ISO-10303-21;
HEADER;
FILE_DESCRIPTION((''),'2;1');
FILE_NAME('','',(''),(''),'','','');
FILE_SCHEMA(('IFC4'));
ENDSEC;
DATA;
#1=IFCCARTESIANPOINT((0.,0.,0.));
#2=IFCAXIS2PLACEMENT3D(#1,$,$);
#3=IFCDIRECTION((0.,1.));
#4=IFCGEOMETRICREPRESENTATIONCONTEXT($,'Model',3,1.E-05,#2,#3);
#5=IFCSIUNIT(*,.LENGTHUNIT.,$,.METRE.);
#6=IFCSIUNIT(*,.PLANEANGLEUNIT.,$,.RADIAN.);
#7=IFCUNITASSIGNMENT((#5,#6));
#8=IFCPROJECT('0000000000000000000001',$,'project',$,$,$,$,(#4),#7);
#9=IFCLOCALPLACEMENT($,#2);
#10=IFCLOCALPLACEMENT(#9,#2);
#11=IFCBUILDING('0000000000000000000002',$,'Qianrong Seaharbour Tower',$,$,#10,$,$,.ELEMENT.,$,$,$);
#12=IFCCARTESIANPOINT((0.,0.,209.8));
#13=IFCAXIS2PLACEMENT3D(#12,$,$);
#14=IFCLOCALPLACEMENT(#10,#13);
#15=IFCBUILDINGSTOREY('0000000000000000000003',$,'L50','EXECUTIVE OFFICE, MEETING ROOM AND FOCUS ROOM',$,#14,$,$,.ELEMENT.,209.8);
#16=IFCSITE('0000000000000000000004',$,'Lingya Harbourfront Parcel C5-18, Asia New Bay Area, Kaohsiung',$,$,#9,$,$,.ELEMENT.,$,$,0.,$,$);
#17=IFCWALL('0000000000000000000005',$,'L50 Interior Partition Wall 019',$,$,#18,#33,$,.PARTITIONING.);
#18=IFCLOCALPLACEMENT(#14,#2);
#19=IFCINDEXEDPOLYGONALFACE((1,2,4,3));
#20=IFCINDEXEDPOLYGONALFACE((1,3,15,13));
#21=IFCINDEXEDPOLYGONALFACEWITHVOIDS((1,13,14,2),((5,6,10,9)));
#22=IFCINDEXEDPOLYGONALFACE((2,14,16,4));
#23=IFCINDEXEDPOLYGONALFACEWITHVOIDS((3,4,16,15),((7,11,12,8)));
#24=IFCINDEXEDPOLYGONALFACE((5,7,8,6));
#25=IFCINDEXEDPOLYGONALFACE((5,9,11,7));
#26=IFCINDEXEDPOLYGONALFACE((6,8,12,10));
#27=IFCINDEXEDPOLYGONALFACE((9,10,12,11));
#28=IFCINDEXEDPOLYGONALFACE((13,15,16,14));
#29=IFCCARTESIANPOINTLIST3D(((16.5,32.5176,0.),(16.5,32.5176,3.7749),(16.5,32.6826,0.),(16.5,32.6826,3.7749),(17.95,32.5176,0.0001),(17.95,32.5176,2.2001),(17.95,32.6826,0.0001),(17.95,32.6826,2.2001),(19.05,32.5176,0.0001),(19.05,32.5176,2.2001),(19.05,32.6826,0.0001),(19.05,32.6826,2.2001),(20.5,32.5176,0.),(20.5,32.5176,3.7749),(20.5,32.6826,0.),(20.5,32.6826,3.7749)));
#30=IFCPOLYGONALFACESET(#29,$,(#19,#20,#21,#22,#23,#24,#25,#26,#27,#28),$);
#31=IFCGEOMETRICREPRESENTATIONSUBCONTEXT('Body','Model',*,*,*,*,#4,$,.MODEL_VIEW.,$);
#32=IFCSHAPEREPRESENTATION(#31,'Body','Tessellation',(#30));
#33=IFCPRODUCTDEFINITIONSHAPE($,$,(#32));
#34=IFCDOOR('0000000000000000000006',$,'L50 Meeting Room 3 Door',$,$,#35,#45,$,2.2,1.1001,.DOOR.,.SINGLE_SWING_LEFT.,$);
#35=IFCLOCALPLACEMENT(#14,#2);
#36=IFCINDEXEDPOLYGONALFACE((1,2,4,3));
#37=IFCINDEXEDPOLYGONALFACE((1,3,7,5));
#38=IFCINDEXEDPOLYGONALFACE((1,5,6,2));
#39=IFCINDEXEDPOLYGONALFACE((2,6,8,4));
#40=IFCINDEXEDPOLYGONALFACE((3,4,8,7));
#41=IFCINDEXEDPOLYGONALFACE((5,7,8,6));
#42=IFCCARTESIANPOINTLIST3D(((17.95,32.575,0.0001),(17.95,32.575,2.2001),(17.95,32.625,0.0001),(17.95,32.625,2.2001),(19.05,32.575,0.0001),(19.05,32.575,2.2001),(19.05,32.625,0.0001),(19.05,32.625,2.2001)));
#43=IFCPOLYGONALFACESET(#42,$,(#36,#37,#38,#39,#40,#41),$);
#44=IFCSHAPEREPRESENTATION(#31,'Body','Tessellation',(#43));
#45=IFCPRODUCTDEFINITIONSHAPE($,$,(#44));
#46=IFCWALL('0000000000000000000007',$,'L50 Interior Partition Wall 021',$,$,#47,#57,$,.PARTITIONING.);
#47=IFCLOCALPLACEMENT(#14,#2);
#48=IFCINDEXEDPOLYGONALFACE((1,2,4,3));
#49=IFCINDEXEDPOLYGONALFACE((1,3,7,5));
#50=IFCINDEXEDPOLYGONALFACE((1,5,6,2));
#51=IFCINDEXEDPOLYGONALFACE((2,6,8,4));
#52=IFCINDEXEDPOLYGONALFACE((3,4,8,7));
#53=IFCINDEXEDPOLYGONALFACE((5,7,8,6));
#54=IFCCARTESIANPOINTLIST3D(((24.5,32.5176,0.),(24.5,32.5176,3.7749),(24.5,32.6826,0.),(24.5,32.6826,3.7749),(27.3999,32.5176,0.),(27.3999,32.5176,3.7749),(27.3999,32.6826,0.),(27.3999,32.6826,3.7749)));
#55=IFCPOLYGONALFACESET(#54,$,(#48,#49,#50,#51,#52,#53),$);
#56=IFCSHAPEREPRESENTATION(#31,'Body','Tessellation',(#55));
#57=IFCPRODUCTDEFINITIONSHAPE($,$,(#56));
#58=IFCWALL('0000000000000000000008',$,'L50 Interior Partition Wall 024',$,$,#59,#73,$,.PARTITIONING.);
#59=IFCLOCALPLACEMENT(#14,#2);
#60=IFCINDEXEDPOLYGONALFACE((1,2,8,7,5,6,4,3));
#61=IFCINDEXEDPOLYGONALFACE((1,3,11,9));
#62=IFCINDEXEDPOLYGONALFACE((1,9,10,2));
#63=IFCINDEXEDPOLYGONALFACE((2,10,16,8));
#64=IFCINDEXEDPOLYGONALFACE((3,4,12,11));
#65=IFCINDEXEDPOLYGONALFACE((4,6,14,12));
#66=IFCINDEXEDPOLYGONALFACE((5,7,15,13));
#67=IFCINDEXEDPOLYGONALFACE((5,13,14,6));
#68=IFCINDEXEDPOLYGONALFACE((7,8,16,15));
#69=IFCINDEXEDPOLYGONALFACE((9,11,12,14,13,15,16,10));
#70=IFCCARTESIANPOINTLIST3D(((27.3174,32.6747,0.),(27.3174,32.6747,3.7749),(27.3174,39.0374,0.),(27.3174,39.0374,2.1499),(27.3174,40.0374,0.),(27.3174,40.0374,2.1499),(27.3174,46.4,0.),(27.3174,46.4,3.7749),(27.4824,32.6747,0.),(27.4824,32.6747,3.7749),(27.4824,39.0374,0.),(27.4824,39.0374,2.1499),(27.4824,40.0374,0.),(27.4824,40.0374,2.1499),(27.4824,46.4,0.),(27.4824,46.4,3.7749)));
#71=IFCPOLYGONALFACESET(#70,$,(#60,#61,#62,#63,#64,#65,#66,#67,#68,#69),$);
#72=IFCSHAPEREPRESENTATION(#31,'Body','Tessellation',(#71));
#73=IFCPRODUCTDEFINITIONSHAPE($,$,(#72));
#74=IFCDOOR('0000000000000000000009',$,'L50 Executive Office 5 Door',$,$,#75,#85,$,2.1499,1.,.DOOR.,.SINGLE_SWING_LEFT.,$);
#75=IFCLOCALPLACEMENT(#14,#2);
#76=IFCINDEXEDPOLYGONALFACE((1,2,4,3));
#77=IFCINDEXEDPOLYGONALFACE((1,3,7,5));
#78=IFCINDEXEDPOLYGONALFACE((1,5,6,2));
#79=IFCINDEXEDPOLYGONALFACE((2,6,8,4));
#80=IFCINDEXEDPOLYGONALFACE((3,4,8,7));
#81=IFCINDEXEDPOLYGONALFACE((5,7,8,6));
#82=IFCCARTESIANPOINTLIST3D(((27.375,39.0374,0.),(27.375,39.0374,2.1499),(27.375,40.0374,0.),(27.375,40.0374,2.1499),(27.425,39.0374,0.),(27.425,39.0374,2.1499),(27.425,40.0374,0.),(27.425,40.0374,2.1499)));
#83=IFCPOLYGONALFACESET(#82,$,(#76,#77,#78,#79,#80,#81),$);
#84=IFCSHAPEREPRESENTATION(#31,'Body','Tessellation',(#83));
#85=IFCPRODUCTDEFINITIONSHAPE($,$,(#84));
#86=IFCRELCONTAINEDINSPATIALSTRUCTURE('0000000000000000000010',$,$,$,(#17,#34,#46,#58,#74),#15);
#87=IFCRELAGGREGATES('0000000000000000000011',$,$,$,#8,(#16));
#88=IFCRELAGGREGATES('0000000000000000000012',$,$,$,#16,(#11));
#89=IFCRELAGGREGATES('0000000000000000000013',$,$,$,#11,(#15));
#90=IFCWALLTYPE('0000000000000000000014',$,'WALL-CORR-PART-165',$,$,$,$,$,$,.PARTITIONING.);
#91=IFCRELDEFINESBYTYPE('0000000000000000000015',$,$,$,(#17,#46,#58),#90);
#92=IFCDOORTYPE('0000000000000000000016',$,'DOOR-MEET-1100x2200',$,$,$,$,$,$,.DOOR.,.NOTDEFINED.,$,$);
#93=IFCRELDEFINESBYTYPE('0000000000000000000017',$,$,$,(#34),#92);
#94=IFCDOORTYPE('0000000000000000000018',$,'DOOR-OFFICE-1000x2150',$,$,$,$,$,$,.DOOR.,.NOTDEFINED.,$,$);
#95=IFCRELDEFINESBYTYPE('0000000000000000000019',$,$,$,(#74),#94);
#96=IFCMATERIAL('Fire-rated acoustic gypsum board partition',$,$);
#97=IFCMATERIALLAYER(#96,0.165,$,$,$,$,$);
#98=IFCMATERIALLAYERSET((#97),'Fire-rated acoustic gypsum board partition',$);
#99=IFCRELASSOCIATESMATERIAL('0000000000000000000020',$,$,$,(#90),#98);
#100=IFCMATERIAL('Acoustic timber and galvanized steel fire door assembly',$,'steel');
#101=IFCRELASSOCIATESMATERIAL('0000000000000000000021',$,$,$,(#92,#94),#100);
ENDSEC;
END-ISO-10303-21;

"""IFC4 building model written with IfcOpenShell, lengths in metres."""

from ifc_helpers import new_model, si_unit, direction, frame, frame_2d, origin, place, context, subcontext, project, spatial, rectangle, extrude, material, layer, layer_set, type_object, element, fill, save


model = new_model("IFC4")

# Units and contexts
model_context = context("Model", 3, precision=1e-05, world=origin(), true_north=direction((0.0, 1.0)))
body_context = subcontext(model_context, "Body", "Model", "MODEL_VIEW")
ifc_project = project(units=[si_unit("LENGTHUNIT", "METRE"), si_unit("PLANEANGLEUNIT", "RADIAN")], contexts=[model_context])

# Site, building, storey
site_placement = place(None, origin())
site = spatial("IfcSite", under=ifc_project, at=site_placement, Name="Lingya Harbourfront Parcel C5-18, Asia New Bay Area, Kaohsiung", CompositionType="ELEMENT", RefElevation=0.0)
building_placement = place(site_placement, origin())
building = spatial("IfcBuilding", under=site, at=building_placement, Name="Qianrong Seaharbour Tower", CompositionType="ELEMENT")
storey_placement = place(building_placement, frame((0.0, 0.0, 209.8)))
storey = spatial("IfcBuildingStorey", under=building, at=storey_placement, Name="L50", Description="EXECUTIVE OFFICE, MEETING ROOM AND FOCUS ROOM", CompositionType="ELEMENT", Elevation=209.8)

# Wall, opening, door
ifc_material_1 = material(Name="Fire-rated acoustic gypsum board partition")
ifc_layer = layer(ifc_material_1, 0.165)
ifc_layer_set = layer_set([ifc_layer], Name="Fire-rated acoustic gypsum board partition")
wall_type = type_object("IfcWallType", Name="WALL-CORR-PART-165", PredefinedType="PARTITIONING", material=ifc_layer_set)
wall_1_placement = place(storey_placement, frame((16.5, 32.6001, 0.0), z_axis=(0.0, 0.0, 1.0), x_axis=(1.0, 0.0, 0.0)))
wall_1 = element("IfcWall", 1, at=wall_1_placement, inside=storey, type_object=wall_type, Name="L50 Interior Partition Wall 019", PredefinedType="PARTITIONING", context=body_context, shape_type="SweptSolid", body=[
    extrude(rectangle(XDim=4.0, YDim=0.165, at=frame_2d((2.0, 0.0))), origin(), (0.0, 0.0, 1.0), 3.7749),
])
opening_1_placement = place(wall_1_placement, frame((1.45, 0.0, 0.0)))
opening_1 = element("IfcOpeningElement", 2, at=opening_1_placement, cuts=wall_1, PredefinedType="OPENING", context=body_context, shape_type="SweptSolid", body=[
    extrude(rectangle(XDim=1.1001, YDim=2.2, at=frame_2d((0.55, 1.1001))), frame((0.0, 0.0925, 0.0), z_axis=(0.0, -1.0, 0.0), x_axis=(1.0, 0.0, 0.0)), (0.0, 0.0, 1.0), 0.1851),
])
ifc_material_2 = material(Name="Acoustic timber and galvanized steel fire door assembly", Category="steel")
door_type_1 = type_object("IfcDoorType", Name="DOOR-MEET-1100x2200", OperationType="NOTDEFINED", PredefinedType="DOOR", material=ifc_material_2)
door_1_placement = place(opening_1_placement, origin())
door_1 = element("IfcDoor", 3, at=door_1_placement, inside=storey, type_object=door_type_1, Name="L50 Meeting Room 3 Door", OperationType="SINGLE_SWING_LEFT", OverallHeight=2.2, OverallWidth=1.1001, PredefinedType="DOOR", context=body_context, shape_type="SweptSolid", body=[
    extrude(rectangle(XDim=1.1001, YDim=2.2, at=frame_2d((0.55, 1.1001))), frame((0.0, 0.0249, 0.0), z_axis=(0.0, -1.0, 0.0), x_axis=(1.0, 0.0, 0.0)), (0.0, 0.0, 1.0), 0.05),
])
fill(opening_1, door_1)
door_type_2 = type_object("IfcDoorType", Name="DOOR-OFFICE-1000x2150", OperationType="NOTDEFINED", PredefinedType="DOOR", material=ifc_material_2)

# Wall
wall_2_placement = place(storey_placement, frame((24.5, 32.6001, 0.0), z_axis=(0.0, 0.0, 1.0), x_axis=(1.0, 0.0, 0.0)))
element("IfcWall", 4, at=wall_2_placement, inside=storey, type_object=wall_type, Name="L50 Interior Partition Wall 021", PredefinedType="PARTITIONING", context=body_context, shape_type="SweptSolid", body=[
    extrude(rectangle(XDim=2.8999, YDim=0.165, at=frame_2d((1.45, 0.0))), origin(), (0.0, 0.0, 1.0), 3.7749),
])

# Wall, opening, door
wall_3_placement = place(storey_placement, frame((27.3999, 32.6746, 0.0), z_axis=(0.0, 0.0, 1.0), x_axis=(0.0, 1.0, 0.0)))
wall_3 = element("IfcWall", 5, at=wall_3_placement, inside=storey, type_object=wall_type, Name="L50 Interior Partition Wall 024", PredefinedType="PARTITIONING", context=body_context, shape_type="SweptSolid", body=[
    extrude(rectangle(XDim=13.7253, YDim=0.165, at=frame_2d((6.8628, 0.0))), origin(), (0.0, 0.0, 1.0), 3.7749),
])
opening_2_placement = place(wall_3_placement, frame((6.3628, 0.0, 0.0)))
opening_2 = element("IfcOpeningElement", 6, at=opening_2_placement, cuts=wall_3, PredefinedType="OPENING", context=body_context, shape_type="SweptSolid", body=[
    extrude(rectangle(XDim=1.0, YDim=2.1499, at=frame_2d((0.5, 1.075))), frame((0.0, 0.0925, 0.0), z_axis=(0.0, -1.0, 0.0), x_axis=(1.0, 0.0, 0.0)), (0.0, 0.0, 1.0), 0.1851),
])
door_2_placement = place(opening_2_placement, origin())
door_2 = element("IfcDoor", 7, at=door_2_placement, inside=storey, type_object=door_type_2, Name="L50 Executive Office 5 Door", OperationType="SINGLE_SWING_LEFT", OverallHeight=2.1499, OverallWidth=1.0, PredefinedType="DOOR", context=body_context, shape_type="SweptSolid", body=[
    extrude(rectangle(XDim=1.0, YDim=2.1499, at=frame_2d((0.5, 1.075))), frame((0.0, 0.0249, 0.0), z_axis=(0.0, -1.0, 0.0), x_axis=(1.0, 0.0, 0.0)), (0.0, 0.0, 1.0), 0.05),
])
fill(opening_2, door_2)

save(model, "model.ifc")
